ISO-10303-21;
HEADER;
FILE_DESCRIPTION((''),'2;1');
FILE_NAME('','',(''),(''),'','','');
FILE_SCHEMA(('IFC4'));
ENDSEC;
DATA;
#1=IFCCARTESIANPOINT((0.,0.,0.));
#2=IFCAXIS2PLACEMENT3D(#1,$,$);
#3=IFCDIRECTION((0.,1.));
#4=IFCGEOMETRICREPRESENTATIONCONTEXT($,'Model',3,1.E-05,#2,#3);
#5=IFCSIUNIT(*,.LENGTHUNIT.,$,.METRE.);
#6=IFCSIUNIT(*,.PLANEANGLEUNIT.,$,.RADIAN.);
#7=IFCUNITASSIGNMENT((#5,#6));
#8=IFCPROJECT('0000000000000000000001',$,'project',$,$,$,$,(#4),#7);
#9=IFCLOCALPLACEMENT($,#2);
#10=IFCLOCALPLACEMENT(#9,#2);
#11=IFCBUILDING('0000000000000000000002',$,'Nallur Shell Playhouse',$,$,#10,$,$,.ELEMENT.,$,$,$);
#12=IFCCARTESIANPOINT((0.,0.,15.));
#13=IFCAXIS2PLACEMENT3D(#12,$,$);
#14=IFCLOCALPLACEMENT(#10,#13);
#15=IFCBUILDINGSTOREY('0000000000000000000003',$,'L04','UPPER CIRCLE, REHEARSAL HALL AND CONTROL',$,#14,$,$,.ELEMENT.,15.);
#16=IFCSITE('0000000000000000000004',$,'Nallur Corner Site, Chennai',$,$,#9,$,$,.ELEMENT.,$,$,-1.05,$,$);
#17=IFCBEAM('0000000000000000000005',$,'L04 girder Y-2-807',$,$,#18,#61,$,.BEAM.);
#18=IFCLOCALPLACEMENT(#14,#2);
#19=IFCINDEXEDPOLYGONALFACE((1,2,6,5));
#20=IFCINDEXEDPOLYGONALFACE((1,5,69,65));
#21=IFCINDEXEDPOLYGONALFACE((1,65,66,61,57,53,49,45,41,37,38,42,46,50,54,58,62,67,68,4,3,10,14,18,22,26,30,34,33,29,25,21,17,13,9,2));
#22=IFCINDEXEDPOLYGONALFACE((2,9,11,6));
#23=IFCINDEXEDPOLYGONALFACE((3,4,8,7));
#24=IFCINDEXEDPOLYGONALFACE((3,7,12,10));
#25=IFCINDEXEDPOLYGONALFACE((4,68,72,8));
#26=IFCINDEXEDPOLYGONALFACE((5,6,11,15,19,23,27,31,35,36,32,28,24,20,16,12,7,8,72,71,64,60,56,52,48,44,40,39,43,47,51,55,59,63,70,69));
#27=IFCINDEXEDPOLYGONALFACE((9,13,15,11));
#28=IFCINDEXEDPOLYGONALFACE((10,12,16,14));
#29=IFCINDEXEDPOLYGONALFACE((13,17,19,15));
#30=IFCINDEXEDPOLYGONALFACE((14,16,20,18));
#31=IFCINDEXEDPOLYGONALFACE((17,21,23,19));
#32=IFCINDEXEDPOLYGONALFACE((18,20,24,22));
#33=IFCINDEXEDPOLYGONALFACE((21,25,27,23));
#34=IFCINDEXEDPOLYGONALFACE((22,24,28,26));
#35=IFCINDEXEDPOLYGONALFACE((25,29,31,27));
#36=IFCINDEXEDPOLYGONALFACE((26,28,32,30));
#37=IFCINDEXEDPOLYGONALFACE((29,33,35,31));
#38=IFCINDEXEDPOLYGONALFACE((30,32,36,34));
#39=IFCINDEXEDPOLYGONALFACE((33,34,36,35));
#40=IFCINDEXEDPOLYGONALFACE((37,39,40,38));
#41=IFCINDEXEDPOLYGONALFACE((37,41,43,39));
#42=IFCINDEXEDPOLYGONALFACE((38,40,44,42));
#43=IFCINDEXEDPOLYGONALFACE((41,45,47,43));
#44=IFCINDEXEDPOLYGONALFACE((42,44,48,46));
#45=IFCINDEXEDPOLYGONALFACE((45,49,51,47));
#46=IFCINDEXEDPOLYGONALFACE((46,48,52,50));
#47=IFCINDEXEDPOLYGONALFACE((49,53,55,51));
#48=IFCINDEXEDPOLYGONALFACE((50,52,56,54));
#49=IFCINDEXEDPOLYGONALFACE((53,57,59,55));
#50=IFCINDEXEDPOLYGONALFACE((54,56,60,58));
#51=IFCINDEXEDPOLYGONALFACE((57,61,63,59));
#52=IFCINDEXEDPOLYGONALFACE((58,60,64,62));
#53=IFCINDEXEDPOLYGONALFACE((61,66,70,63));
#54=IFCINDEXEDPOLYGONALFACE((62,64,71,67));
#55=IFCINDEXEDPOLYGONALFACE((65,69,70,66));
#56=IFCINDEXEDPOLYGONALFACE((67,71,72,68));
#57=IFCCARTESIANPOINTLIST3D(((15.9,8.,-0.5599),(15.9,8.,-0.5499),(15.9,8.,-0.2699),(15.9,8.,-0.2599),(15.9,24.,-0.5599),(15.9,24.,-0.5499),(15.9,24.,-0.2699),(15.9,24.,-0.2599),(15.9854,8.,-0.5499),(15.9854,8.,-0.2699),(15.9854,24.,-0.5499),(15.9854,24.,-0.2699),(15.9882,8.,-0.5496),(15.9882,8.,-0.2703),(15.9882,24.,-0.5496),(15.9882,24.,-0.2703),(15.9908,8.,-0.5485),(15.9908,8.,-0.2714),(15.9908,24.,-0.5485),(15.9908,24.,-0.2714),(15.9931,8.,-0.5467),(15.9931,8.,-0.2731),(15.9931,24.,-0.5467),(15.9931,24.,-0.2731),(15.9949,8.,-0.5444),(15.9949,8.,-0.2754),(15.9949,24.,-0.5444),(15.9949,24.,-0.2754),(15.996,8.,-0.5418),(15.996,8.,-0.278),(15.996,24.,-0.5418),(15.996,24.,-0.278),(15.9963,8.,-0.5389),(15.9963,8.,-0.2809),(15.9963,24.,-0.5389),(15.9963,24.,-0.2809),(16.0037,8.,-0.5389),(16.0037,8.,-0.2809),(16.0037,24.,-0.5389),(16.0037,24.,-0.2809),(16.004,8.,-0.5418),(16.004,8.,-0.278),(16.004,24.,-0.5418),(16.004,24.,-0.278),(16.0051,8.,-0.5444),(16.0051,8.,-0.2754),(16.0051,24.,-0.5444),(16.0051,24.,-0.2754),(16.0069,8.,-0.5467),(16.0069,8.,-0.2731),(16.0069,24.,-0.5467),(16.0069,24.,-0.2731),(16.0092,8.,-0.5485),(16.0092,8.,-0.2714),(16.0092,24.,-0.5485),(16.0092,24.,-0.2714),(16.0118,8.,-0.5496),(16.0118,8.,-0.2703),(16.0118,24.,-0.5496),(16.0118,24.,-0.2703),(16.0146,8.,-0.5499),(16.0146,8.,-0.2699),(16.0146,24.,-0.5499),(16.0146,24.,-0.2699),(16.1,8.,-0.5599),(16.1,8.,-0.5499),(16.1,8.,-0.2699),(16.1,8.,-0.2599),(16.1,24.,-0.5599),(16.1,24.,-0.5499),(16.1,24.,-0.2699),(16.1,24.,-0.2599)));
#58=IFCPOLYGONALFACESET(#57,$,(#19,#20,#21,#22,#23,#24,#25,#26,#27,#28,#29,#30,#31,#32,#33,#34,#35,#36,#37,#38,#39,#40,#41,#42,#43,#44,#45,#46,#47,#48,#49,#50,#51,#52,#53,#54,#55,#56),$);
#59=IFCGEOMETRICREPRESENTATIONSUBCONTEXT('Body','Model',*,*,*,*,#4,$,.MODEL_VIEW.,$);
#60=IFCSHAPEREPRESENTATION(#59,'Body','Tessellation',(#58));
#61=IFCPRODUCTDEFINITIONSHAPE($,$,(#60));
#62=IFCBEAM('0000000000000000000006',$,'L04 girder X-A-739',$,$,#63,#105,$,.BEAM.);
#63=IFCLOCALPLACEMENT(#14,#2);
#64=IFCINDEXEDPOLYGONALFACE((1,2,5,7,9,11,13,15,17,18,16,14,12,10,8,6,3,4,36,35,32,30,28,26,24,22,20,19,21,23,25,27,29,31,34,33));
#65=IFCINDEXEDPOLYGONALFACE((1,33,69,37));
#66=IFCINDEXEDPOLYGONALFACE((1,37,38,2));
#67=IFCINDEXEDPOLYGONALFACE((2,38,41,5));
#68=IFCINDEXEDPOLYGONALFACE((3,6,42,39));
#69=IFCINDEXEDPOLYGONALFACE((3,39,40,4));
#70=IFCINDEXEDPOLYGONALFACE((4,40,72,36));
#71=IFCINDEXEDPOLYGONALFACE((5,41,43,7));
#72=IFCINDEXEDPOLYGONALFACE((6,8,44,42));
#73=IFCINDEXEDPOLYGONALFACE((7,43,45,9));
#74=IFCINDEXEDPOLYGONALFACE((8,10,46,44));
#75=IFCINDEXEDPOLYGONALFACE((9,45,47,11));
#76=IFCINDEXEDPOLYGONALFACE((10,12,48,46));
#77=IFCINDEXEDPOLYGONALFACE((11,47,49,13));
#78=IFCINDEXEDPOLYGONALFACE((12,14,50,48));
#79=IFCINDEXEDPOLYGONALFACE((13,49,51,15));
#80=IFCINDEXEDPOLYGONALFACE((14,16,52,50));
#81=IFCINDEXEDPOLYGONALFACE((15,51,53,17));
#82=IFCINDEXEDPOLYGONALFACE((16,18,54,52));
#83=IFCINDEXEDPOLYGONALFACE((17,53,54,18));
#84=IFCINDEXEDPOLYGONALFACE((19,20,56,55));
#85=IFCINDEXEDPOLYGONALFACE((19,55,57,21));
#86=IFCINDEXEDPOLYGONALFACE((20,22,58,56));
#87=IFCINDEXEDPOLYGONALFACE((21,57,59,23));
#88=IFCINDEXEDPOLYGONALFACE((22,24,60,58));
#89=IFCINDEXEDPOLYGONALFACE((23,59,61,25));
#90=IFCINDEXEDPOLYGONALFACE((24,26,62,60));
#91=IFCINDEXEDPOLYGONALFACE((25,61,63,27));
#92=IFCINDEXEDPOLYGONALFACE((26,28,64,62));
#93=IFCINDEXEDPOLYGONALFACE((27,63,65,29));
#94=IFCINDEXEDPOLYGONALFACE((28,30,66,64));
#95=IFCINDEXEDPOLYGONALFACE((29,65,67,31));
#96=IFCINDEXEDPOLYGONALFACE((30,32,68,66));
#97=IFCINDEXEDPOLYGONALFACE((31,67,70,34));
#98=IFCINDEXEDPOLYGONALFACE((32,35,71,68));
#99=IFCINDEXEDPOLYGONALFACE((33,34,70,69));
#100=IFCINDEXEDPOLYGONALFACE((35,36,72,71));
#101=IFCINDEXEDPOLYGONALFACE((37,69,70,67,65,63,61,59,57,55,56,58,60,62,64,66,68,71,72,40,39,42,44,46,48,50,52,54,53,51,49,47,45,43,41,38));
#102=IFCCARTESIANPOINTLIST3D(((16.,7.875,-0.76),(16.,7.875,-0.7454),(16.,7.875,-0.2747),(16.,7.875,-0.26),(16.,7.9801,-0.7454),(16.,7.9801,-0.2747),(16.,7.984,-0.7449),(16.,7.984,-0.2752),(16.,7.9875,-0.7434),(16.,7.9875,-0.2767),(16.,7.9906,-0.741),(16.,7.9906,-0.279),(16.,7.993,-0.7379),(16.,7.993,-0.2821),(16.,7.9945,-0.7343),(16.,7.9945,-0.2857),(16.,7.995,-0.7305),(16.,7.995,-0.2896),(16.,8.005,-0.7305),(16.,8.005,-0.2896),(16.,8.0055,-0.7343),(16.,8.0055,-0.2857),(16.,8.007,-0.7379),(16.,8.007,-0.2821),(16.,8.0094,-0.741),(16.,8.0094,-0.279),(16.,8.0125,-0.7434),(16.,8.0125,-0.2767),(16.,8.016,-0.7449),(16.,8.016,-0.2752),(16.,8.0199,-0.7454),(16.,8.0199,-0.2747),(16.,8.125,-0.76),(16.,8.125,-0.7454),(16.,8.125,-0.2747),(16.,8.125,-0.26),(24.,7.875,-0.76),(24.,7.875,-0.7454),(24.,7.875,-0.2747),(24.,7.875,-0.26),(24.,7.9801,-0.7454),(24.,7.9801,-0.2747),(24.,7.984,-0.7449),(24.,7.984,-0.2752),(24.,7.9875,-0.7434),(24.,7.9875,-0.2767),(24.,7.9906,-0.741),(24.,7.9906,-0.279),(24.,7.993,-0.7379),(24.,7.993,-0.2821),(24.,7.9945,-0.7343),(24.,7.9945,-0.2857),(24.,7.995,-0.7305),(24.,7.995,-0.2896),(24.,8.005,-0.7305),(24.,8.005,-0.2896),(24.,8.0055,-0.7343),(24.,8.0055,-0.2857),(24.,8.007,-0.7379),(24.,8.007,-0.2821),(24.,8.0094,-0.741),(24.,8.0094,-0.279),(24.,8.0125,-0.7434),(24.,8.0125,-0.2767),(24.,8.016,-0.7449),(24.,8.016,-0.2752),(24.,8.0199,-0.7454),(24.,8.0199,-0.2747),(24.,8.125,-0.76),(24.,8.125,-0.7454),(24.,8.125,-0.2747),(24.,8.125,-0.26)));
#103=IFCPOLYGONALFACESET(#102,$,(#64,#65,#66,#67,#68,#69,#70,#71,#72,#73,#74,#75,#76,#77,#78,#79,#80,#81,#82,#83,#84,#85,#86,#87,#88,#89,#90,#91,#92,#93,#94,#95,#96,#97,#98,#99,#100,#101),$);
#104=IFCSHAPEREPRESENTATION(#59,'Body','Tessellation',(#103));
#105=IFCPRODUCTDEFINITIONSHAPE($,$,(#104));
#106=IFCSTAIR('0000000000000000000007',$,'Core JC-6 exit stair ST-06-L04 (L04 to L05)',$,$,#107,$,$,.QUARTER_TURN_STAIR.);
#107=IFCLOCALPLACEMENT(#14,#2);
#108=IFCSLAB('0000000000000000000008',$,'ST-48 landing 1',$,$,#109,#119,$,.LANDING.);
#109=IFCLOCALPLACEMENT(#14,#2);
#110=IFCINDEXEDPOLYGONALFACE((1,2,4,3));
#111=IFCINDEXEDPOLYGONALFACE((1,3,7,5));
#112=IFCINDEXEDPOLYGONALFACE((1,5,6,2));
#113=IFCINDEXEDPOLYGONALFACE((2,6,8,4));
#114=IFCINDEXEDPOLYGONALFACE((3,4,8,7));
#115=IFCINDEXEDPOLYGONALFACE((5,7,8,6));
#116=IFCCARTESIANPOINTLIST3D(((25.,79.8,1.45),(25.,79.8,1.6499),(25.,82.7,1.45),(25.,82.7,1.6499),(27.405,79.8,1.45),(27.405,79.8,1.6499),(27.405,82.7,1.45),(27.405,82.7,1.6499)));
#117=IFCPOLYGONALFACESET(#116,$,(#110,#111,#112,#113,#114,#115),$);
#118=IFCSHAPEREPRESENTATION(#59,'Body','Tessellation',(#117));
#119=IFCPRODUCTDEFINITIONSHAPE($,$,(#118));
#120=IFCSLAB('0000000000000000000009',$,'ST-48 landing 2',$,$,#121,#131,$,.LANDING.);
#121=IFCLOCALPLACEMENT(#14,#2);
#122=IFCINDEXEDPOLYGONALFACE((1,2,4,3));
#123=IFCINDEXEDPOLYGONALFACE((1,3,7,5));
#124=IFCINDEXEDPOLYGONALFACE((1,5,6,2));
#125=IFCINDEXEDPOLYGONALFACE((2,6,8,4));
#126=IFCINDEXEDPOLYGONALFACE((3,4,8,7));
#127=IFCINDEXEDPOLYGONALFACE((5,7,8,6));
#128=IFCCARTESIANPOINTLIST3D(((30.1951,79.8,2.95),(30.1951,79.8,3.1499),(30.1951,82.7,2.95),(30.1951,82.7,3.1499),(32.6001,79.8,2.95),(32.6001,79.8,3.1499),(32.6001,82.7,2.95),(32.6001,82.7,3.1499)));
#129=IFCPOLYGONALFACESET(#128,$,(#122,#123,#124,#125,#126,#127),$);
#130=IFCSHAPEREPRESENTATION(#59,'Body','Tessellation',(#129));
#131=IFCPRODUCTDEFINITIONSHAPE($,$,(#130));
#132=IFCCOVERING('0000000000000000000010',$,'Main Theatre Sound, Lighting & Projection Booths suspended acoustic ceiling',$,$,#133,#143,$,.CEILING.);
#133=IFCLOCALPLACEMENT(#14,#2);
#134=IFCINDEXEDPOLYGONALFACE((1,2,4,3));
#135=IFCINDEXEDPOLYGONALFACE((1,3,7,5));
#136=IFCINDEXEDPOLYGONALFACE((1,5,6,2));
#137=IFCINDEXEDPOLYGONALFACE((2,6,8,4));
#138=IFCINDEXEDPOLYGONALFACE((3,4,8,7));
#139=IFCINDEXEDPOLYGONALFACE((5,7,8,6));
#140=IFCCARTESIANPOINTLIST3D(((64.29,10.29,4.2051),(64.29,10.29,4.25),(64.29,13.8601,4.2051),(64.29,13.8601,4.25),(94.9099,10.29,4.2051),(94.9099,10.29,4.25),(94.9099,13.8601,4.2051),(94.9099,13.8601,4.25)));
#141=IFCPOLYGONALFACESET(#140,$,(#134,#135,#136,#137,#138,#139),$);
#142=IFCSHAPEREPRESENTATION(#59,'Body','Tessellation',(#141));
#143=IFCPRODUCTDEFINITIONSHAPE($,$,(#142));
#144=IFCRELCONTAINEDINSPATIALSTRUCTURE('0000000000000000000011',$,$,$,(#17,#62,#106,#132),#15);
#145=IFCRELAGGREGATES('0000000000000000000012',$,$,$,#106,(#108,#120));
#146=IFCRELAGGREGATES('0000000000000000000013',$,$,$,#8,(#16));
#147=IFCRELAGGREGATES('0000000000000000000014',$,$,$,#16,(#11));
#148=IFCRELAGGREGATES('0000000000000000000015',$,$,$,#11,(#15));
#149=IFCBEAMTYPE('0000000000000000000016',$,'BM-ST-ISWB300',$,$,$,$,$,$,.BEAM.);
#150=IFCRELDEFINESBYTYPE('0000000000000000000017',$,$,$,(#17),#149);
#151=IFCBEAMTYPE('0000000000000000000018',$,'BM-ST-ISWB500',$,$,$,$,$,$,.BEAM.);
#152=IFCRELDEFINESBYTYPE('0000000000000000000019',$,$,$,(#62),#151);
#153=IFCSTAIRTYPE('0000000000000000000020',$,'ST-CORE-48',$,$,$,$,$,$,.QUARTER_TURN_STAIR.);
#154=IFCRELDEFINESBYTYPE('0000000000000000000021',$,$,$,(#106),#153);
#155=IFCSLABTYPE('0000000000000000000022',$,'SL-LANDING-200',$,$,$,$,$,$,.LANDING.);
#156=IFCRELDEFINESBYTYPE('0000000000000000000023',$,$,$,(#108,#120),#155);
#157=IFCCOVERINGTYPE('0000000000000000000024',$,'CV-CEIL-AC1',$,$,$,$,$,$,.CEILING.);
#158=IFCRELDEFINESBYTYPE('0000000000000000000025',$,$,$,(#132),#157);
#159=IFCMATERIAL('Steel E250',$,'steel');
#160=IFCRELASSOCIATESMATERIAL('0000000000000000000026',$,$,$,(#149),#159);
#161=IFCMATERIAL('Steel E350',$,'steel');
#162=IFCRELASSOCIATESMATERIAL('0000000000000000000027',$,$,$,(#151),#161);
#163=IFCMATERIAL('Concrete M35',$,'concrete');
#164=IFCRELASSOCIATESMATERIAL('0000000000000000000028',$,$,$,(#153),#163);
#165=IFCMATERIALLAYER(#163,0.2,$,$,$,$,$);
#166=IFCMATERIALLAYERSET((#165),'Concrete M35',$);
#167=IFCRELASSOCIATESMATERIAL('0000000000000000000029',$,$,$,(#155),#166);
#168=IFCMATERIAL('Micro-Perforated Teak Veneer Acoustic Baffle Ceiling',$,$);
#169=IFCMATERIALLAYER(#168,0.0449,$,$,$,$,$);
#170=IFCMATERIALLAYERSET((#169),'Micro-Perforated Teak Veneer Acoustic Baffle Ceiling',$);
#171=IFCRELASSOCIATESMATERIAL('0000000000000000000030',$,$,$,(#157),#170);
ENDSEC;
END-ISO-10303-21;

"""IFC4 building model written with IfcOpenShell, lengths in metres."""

from ifc_helpers import new_model, si_unit, direction, frame, origin, origin_2d, place, context, subcontext, project, spatial, polyline, i_section, outline, extrude, material, layer, layer_set, material_profile, profile_set, type_object, element, aggregate, save


model = new_model("IFC4")

# Units and contexts
model_context = context("Model", 3, precision=1e-05, world=origin(), true_north=direction((0.0, 1.0)))
body_context = subcontext(model_context, "Body", "Model", "MODEL_VIEW")
ifc_project = project(units=[si_unit("LENGTHUNIT", "METRE"), si_unit("PLANEANGLEUNIT", "RADIAN")], contexts=[model_context])

# Site, building, storey
site_placement = place(None, origin())
site = spatial("IfcSite", under=ifc_project, at=site_placement, Name="Nallur Corner Site, Chennai", CompositionType="ELEMENT", RefElevation=-1.05)
building_placement = place(site_placement, origin())
building = spatial("IfcBuilding", under=site, at=building_placement, Name="Nallur Shell Playhouse", CompositionType="ELEMENT")
storey_placement = place(building_placement, frame((0.0, 0.0, 15.0)))
storey = spatial("IfcBuildingStorey", under=building, at=storey_placement, Name="L04", Description="UPPER CIRCLE, REHEARSAL HALL AND CONTROL", CompositionType="ELEMENT", Elevation=15.0)

# Beams
ifc_material_1 = material(Name="Steel E250", Category="steel")
ifc_material_profile_1 = material_profile(ifc_material_1, i_section(OverallWidth=0.2, OverallDepth=0.3, WebThickness=0.0073, FlangeThickness=0.01, FilletRadius=0.011, at=origin_2d()), Name="ISWB 300")
ifc_profile_set_1 = profile_set([ifc_material_profile_1], Name="Steel E250")
beam_type_1 = type_object("IfcBeamType", Name="BM-ST-ISWB300", PredefinedType="BEAM", material=ifc_profile_set_1)
beam_1_placement = place(storey_placement, frame((16.0, 8.0, -0.4099), z_axis=(0.0, 1.0, 0.0), x_axis=(-1.0, 0.0, 0.0)))
element("IfcBeam", 1, at=beam_1_placement, inside=storey, type_object=beam_type_1, Name="L04 girder Y-2-807", PredefinedType="BEAM", context=body_context, shape_type="SweptSolid", body=[
    extrude(i_section(OverallWidth=0.2, OverallDepth=0.3, WebThickness=0.0073, FlangeThickness=0.01, FilletRadius=0.011, at=origin_2d()), origin(), (0.0, 0.0, 1.0), 16.0),
])
ifc_material_2 = material(Name="Steel E350", Category="steel")
ifc_material_profile_2 = material_profile(ifc_material_2, i_section(OverallWidth=0.25, OverallDepth=0.5, WebThickness=0.01, FlangeThickness=0.0146, FilletRadius=0.0149, at=origin_2d()), Name="ISWB 500")
ifc_profile_set_2 = profile_set([ifc_material_profile_2], Name="Steel E350")
beam_type_2 = type_object("IfcBeamType", Name="BM-ST-ISWB500", PredefinedType="BEAM", material=ifc_profile_set_2)
beam_2_placement = place(storey_placement, frame((16.0, 8.0, -0.51), z_axis=(1.0, 0.0, 0.0), x_axis=(0.0, 1.0, 0.0)))
element("IfcBeam", 2, at=beam_2_placement, inside=storey, type_object=beam_type_2, Name="L04 girder X-A-739", PredefinedType="BEAM", context=body_context, shape_type="SweptSolid", body=[
    extrude(i_section(OverallWidth=0.25, OverallDepth=0.5, WebThickness=0.01, FlangeThickness=0.0146, FilletRadius=0.0149, at=origin_2d()), origin(), (0.0, 0.0, 1.0), 8.0),
])

# Stair, slabs
ifc_material_3 = material(Name="Concrete M35", Category="concrete")
stair_type = type_object("IfcStairType", Name="ST-CORE-48", PredefinedType="QUARTER_TURN_STAIR", material=ifc_material_3)
stair_placement = place(storey_placement, origin())
stair = element("IfcStair", 3, at=stair_placement, inside=storey, type_object=stair_type, Name="Core JC-6 exit stair ST-06-L04 (L04 to L05)", PredefinedType="QUARTER_TURN_STAIR")
ifc_layer_1 = layer(ifc_material_3, 0.2)
ifc_layer_set_1 = layer_set([ifc_layer_1], Name="Concrete M35")
slab_type = type_object("IfcSlabType", Name="SL-LANDING-200", PredefinedType="LANDING", material=ifc_layer_set_1)
slab_1_placement = place(storey_placement, frame((0.0, 0.0, 1.45)))
slab_1 = element("IfcSlab", 4, at=slab_1_placement, type_object=slab_type, Name="ST-48 landing 1", PredefinedType="LANDING", context=body_context, shape_type="SweptSolid", body=[
    extrude(outline(polyline([(25.0, 79.8), (27.405, 79.8), (27.405, 82.7), (25.0, 82.7), (25.0, 79.8)])), origin(), (0.0, 0.0, 1.0), 0.2),
])
slab_2_placement = place(storey_placement, frame((0.0, 0.0, 2.95)))
slab_2 = element("IfcSlab", 5, at=slab_2_placement, type_object=slab_type, Name="ST-48 landing 2", PredefinedType="LANDING", context=body_context, shape_type="SweptSolid", body=[
    extrude(outline(polyline([(30.1951, 79.8), (32.6001, 79.8), (32.6001, 82.7), (30.1951, 82.7), (30.1951, 79.8)])), origin(), (0.0, 0.0, 1.0), 0.2),
])
aggregate(stair, [slab_1, slab_2])

# Covering
ifc_material_4 = material(Name="Micro-Perforated Teak Veneer Acoustic Baffle Ceiling")
ifc_layer_2 = layer(ifc_material_4, 0.0449)
ifc_layer_set_2 = layer_set([ifc_layer_2], Name="Micro-Perforated Teak Veneer Acoustic Baffle Ceiling")
covering_type_1 = type_object("IfcCoveringType", Name="CV-CEIL-AC1", PredefinedType="CEILING", material=ifc_layer_set_2)
covering_1_placement = place(storey_placement, frame((0.0, 0.0, 4.2051)))
element("IfcCovering", 6, at=covering_1_placement, inside=storey, type_object=covering_type_1, Name="Main Theatre Sound, Lighting & Projection Booths suspended acoustic ceiling", PredefinedType="CEILING", context=body_context, shape_type="SweptSolid", body=[
    extrude(outline(polyline([(94.9099, 13.8601), (94.9099, 10.29), (64.29, 10.29), (64.29, 13.8601), (94.9099, 13.8601)])), origin(), (0.0, 0.0, 1.0), 0.0449),
])

save(model, "model.ifc")
